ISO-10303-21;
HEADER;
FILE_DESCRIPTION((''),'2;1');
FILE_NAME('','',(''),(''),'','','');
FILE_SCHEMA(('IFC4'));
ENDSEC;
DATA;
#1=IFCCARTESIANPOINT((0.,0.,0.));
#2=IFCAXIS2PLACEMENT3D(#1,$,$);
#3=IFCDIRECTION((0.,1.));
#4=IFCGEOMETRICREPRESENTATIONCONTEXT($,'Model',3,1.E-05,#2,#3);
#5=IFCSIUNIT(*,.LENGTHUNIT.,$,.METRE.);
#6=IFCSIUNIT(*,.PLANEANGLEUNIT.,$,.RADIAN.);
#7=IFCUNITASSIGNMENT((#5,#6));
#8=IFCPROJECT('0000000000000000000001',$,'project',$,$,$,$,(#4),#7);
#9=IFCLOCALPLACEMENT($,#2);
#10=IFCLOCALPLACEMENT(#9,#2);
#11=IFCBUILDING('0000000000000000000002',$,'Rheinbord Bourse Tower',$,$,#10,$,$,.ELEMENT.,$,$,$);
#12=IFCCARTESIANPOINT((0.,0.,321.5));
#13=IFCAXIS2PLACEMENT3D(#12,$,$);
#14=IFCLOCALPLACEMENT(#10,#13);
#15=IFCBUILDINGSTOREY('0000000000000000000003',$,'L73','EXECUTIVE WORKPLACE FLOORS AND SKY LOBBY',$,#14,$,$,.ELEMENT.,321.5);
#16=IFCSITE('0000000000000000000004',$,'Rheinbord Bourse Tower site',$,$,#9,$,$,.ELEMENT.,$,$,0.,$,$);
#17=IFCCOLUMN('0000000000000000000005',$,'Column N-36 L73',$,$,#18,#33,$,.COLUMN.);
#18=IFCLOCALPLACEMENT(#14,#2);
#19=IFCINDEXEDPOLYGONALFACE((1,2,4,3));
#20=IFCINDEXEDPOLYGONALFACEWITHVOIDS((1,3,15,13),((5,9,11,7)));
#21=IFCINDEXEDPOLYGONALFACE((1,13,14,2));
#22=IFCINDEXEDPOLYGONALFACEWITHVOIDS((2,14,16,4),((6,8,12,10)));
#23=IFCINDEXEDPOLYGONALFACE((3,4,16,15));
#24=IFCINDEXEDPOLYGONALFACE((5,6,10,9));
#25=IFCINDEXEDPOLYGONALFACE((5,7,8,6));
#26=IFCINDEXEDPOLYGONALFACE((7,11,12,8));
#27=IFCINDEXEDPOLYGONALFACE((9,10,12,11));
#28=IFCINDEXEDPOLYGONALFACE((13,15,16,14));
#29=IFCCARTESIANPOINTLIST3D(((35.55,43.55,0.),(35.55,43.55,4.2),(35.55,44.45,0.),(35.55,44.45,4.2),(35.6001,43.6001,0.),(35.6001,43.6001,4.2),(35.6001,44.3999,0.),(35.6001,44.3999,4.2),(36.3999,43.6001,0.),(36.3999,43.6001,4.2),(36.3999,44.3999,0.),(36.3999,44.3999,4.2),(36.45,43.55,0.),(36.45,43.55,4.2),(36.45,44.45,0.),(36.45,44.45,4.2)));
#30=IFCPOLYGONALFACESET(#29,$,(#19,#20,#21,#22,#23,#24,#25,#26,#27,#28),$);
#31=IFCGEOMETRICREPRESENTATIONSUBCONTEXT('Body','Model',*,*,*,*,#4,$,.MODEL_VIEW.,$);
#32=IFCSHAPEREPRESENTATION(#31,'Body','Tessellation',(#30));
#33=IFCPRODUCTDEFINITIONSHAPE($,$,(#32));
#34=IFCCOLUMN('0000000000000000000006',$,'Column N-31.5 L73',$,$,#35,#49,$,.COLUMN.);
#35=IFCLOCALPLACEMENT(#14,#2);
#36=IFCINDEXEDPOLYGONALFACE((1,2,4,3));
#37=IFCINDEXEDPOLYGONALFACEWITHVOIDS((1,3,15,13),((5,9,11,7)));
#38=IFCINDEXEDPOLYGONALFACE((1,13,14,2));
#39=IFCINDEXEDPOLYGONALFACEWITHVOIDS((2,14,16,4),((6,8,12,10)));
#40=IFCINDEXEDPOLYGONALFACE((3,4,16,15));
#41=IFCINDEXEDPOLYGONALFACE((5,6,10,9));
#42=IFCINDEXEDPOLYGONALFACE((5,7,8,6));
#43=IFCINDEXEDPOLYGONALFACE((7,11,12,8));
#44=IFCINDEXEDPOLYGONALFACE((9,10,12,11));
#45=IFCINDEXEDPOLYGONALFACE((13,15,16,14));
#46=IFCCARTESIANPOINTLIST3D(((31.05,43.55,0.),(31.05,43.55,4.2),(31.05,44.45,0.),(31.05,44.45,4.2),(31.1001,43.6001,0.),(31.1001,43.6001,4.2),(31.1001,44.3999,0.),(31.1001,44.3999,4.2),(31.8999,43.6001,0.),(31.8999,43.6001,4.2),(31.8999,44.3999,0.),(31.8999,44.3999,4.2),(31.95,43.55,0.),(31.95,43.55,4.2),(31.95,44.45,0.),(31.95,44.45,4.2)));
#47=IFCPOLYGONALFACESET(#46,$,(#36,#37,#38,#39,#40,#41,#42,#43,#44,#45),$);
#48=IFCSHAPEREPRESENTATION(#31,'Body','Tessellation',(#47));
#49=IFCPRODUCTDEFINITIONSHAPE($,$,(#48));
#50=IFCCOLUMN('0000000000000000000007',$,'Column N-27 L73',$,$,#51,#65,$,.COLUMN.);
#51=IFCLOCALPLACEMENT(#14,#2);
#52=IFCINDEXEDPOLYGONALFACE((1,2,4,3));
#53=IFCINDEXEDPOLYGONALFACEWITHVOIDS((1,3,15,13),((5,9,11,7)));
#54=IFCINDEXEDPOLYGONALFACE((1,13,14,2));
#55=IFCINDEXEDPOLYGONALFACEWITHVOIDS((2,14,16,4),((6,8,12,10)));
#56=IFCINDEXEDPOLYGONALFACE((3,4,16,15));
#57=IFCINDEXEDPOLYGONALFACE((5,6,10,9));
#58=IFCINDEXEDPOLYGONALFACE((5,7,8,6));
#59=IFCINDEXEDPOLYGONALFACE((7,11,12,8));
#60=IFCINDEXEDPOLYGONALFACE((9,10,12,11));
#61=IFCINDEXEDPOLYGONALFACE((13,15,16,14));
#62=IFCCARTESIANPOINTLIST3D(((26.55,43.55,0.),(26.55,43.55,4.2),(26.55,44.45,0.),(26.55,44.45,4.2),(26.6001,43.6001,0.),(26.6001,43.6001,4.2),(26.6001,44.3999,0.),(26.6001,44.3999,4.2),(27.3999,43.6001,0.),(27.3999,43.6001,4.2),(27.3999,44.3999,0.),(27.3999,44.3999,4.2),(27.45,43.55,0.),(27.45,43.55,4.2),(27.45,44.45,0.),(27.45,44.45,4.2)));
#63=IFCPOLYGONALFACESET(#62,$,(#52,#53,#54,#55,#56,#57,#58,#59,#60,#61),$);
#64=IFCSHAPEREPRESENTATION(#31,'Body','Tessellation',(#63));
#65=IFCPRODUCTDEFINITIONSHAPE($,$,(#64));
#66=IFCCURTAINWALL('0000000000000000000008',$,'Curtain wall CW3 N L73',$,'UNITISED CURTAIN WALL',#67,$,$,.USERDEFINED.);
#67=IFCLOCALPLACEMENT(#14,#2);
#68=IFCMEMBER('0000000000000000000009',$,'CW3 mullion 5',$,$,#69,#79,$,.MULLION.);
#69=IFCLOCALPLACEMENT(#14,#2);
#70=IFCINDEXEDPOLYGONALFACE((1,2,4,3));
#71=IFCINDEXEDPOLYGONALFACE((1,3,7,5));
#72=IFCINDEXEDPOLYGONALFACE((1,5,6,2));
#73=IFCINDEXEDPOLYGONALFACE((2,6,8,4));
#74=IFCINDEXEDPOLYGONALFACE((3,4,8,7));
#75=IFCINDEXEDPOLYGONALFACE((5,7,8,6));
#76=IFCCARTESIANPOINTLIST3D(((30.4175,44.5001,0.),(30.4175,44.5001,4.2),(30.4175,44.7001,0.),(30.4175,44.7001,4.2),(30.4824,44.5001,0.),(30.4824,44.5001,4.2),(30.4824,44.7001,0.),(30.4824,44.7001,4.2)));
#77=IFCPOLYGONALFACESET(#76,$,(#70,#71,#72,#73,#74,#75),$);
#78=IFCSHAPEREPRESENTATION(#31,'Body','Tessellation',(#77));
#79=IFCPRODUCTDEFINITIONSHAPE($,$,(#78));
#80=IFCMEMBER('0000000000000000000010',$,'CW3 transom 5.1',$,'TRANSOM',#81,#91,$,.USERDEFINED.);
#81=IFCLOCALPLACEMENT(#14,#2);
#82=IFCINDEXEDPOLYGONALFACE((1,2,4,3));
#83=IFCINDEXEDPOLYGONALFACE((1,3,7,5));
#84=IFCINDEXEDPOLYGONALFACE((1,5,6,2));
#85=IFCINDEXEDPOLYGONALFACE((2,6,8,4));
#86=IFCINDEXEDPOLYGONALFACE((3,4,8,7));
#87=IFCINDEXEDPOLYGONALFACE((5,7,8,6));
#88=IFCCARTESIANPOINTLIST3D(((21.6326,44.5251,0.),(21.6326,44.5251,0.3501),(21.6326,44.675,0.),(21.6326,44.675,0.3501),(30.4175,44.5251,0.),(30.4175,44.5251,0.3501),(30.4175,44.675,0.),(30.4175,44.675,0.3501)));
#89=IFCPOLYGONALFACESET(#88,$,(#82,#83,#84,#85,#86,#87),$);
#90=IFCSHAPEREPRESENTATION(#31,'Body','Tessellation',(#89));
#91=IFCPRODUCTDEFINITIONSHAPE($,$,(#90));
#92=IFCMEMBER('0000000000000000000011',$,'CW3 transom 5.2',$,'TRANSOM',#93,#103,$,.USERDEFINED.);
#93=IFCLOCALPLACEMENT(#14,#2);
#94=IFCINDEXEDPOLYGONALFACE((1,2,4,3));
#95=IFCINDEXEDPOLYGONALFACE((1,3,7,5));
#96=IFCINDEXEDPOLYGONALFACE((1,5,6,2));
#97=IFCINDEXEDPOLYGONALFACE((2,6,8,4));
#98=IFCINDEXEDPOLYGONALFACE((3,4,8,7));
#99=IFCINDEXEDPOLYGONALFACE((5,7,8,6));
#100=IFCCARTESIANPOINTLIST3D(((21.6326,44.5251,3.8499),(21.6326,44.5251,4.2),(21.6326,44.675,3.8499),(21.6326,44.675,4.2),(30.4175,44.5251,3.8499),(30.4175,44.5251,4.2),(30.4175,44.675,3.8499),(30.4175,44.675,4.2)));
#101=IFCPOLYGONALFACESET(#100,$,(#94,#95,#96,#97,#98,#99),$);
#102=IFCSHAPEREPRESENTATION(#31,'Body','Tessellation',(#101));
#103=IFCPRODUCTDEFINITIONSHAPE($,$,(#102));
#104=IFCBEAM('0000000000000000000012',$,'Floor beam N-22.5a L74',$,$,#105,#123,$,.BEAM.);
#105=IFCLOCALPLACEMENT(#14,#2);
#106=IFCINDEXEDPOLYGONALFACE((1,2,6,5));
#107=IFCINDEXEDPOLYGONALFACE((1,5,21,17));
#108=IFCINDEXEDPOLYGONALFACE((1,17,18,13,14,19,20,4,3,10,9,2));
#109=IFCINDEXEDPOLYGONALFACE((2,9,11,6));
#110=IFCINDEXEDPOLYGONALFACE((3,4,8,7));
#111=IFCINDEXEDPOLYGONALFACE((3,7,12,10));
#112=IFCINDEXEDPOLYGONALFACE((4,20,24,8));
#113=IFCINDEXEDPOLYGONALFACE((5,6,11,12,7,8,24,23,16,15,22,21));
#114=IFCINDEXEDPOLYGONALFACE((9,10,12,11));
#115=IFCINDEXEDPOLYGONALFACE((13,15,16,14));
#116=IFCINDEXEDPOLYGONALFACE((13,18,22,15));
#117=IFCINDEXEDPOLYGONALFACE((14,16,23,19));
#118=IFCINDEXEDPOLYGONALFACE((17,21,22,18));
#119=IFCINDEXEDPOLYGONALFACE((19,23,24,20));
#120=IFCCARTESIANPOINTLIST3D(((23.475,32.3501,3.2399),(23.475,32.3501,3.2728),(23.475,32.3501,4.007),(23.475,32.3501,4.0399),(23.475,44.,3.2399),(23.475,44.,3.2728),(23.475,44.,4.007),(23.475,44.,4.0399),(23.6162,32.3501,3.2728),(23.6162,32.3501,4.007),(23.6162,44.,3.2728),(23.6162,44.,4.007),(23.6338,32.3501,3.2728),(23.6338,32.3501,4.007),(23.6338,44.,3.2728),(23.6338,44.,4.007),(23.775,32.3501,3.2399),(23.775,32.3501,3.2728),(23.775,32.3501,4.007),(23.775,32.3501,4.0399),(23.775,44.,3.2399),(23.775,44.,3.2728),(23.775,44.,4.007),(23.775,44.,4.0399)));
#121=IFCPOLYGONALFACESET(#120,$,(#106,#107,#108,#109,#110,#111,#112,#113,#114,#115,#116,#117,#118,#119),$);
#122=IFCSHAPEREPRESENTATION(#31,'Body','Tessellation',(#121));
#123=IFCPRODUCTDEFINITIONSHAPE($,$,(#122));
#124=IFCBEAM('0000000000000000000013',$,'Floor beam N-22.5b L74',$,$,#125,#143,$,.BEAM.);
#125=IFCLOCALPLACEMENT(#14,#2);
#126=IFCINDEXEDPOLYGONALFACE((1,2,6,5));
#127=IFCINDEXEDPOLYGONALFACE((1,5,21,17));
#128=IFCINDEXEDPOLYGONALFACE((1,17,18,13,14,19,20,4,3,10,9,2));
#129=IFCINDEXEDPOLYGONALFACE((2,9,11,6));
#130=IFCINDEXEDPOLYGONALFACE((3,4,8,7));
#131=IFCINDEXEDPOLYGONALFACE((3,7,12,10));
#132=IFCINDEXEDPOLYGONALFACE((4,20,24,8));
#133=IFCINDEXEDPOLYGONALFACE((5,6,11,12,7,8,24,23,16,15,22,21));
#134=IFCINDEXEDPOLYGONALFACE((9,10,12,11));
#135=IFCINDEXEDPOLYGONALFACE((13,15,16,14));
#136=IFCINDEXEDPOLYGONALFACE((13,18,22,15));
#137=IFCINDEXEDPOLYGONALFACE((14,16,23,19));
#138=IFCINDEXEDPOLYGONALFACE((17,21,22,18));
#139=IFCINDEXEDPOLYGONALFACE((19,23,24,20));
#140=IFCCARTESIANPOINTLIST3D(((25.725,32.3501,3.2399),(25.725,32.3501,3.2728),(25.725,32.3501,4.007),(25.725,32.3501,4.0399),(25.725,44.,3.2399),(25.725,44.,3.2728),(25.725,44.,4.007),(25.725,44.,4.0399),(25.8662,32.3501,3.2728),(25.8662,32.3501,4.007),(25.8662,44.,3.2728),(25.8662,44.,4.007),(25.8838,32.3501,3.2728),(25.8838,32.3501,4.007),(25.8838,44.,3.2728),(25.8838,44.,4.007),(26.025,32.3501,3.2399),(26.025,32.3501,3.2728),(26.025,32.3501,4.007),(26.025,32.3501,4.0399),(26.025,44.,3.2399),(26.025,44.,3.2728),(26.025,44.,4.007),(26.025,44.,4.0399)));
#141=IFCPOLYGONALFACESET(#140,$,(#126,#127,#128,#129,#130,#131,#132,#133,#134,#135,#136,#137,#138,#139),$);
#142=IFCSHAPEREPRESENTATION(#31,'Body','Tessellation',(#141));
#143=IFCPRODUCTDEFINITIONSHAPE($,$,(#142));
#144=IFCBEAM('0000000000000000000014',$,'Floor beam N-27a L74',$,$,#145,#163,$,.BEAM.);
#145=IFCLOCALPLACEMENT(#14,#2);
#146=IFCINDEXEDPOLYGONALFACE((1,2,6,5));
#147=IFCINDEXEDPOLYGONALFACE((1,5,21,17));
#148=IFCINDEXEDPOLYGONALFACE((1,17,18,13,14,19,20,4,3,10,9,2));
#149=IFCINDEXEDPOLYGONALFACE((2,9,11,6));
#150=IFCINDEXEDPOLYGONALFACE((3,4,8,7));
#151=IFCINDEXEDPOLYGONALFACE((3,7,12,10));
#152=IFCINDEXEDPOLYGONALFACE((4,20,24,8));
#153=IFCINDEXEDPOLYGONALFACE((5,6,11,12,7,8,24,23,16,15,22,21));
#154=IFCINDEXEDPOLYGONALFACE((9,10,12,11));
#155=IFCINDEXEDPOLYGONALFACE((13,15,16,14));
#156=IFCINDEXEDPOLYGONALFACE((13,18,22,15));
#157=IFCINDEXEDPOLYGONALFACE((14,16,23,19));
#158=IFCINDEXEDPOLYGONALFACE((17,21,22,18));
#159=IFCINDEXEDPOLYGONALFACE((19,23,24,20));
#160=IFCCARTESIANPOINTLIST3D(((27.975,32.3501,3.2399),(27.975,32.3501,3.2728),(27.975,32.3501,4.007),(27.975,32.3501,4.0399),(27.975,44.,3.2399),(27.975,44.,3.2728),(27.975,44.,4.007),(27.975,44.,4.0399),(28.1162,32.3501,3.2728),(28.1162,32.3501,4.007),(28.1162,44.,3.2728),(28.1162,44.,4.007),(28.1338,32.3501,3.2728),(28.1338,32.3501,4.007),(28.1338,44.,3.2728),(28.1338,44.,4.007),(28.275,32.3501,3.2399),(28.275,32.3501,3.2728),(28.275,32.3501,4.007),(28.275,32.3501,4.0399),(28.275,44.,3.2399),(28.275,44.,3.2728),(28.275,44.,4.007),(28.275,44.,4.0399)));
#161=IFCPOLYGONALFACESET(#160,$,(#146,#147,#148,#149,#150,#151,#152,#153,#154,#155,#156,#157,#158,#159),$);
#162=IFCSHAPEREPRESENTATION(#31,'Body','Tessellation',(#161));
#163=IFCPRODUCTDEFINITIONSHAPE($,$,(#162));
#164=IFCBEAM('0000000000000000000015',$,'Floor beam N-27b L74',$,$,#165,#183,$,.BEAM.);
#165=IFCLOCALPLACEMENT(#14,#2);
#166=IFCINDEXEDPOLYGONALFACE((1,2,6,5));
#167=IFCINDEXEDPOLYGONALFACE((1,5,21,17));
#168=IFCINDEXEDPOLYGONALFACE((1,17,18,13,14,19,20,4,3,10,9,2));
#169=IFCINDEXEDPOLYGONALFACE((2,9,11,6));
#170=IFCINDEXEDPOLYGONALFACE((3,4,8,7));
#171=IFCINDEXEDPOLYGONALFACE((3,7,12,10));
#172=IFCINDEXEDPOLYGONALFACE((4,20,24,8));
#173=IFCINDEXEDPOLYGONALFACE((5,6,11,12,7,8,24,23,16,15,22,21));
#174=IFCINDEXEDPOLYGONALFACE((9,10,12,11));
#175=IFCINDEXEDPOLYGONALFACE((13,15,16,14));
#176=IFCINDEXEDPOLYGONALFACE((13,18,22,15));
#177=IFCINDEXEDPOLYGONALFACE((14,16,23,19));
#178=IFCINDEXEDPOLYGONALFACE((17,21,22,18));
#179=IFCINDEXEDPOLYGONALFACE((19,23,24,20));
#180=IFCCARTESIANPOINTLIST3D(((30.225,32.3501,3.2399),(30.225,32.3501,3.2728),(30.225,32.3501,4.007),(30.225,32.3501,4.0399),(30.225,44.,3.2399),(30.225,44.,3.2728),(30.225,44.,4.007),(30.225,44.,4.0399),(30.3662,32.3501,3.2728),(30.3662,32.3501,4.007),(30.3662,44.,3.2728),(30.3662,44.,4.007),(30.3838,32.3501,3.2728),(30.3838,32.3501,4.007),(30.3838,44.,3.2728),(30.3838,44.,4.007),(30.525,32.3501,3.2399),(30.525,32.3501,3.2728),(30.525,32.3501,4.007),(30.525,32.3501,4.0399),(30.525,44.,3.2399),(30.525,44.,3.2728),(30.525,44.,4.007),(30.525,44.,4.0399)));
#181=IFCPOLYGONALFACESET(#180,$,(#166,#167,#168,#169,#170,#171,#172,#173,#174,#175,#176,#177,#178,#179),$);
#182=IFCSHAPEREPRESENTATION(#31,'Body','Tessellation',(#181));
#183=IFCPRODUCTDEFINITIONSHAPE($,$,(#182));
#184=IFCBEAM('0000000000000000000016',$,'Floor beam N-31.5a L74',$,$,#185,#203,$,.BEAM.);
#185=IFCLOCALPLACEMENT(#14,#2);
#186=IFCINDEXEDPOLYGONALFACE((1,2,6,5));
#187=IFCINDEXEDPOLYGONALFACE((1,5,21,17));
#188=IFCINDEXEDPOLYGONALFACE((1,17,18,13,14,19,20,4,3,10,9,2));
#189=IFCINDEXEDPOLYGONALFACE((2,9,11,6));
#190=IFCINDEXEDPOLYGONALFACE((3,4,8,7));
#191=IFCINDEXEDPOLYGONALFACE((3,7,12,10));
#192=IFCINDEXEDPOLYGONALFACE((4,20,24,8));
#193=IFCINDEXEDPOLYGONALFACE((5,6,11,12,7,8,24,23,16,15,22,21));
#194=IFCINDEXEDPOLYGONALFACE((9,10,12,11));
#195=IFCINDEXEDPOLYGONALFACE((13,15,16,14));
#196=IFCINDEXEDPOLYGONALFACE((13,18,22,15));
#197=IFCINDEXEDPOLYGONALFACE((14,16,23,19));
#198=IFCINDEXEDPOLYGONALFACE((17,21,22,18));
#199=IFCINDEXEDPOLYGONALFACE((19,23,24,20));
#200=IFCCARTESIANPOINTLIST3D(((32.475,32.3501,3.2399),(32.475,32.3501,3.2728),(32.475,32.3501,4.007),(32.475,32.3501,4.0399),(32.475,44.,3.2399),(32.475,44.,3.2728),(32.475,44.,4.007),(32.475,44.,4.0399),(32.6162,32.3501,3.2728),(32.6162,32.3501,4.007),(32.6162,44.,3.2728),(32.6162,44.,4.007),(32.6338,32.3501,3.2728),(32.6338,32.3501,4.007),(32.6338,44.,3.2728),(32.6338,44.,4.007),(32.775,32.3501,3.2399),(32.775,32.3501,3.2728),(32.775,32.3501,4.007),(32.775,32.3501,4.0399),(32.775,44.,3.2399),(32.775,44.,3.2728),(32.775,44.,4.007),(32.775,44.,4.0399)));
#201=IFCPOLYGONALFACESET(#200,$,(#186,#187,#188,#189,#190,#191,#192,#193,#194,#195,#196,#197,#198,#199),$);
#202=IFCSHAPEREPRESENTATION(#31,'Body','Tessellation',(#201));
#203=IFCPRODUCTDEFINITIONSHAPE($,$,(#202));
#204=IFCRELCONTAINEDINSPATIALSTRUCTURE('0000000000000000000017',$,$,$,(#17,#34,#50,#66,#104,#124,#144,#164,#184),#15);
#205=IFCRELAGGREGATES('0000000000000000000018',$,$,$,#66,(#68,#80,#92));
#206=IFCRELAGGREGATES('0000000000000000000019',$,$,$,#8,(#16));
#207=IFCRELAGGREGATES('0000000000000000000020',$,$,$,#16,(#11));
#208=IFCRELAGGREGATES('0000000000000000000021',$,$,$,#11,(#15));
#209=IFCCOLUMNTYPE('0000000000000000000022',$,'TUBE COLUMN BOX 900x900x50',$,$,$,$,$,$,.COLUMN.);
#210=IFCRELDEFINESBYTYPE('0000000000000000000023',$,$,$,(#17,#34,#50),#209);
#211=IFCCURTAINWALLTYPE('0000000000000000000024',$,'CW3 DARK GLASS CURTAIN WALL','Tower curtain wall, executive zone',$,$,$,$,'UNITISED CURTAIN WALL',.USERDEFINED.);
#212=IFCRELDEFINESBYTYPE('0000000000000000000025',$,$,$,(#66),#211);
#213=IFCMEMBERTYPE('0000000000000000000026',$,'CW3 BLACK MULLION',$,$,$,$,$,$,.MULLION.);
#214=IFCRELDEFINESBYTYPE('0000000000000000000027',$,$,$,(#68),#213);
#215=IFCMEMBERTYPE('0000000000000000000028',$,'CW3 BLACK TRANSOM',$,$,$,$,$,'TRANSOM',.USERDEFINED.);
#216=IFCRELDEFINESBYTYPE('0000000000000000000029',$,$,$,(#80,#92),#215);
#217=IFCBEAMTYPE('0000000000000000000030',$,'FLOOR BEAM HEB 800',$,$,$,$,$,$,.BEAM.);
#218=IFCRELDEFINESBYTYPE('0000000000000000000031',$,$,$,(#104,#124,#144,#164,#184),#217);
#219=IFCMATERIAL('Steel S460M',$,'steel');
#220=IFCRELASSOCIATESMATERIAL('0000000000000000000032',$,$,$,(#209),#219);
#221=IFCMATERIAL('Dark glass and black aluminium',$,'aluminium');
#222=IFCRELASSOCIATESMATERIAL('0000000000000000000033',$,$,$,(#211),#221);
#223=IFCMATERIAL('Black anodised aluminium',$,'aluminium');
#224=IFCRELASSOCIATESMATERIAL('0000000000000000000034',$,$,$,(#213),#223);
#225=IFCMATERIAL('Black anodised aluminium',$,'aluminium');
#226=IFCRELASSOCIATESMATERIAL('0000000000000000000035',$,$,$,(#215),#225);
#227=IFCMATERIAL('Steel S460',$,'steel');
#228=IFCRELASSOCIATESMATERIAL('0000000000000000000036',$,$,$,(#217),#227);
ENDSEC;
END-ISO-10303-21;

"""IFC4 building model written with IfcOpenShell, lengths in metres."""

from ifc_helpers import new_model, si_unit, direction, frame, origin, origin_2d, place, context, subcontext, project, spatial, rectangle, hollow_rectangle, i_section, extrude, material, material_profile, profile_set, type_object, element, aggregate, save


model = new_model("IFC4")

# Units and contexts
model_context = context("Model", 3, precision=1e-05, world=origin(), true_north=direction((0.0, 1.0)))
body_context = subcontext(model_context, "Body", "Model", "MODEL_VIEW")
ifc_project = project(units=[si_unit("LENGTHUNIT", "METRE"), si_unit("PLANEANGLEUNIT", "RADIAN")], contexts=[model_context])

# Site, building, storey
site_placement = place(None, origin())
site = spatial("IfcSite", under=ifc_project, at=site_placement, Name="Rheinbord Bourse Tower site", CompositionType="ELEMENT", RefElevation=0.0)
building_placement = place(site_placement, origin())
building = spatial("IfcBuilding", under=site, at=building_placement, Name="Rheinbord Bourse Tower", CompositionType="ELEMENT")
storey_placement = place(building_placement, frame((0.0, 0.0, 321.5)))
storey = spatial("IfcBuildingStorey", under=building, at=storey_placement, Name="L73", Description="EXECUTIVE WORKPLACE FLOORS AND SKY LOBBY", CompositionType="ELEMENT", Elevation=321.5)

# Columns
ifc_material_1 = material(Name="Steel S460M", Category="steel")
ifc_material_profile_1 = material_profile(ifc_material_1, hollow_rectangle(XDim=0.8999, YDim=0.8999, WallThickness=0.05, at=origin_2d()), Name="BOX 900x900x50")
ifc_profile_set_1 = profile_set([ifc_material_profile_1], Name="Steel S460M")
column_type = type_object("IfcColumnType", Name="TUBE COLUMN BOX 900x900x50", PredefinedType="COLUMN", material=ifc_profile_set_1)
for number, where, z_axis, x_axis, name in (
    (1, (36.0, 44.0, 0.0), (0.0, 0.0, 1.0), (0.0, 1.0, 0.0), "Column N-36 L73"),
    (2, (31.5, 44.0, 0.0), (0.0, 0.0, 1.0), (0.0, 1.0, 0.0), "Column N-31.5 L73"),
    (3, (27.0, 44.0, 0.0), (0.0, 0.0, 1.0), (0.0, 1.0, 0.0), "Column N-27 L73"),
):
    element("IfcColumn", number, at=place(storey_placement, frame(where, z_axis=z_axis, x_axis=x_axis)), inside=storey, type_object=column_type, Name=name, PredefinedType="COLUMN", context=body_context, shape_type="SweptSolid", body=[
        extrude(hollow_rectangle(XDim=0.8999, YDim=0.8999, WallThickness=0.05, at=origin_2d()), origin(), (0.0, 0.0, 1.0), 4.2),
    ])

# Curtain wall, members
ifc_material_2 = material(Name="Dark glass and black aluminium", Category="aluminium")
curtain_wall_type = type_object("IfcCurtainWallType", Name="CW3 DARK GLASS CURTAIN WALL", Description="Tower curtain wall, executive zone", ElementType="UNITISED CURTAIN WALL", PredefinedType="USERDEFINED", material=ifc_material_2)
curtain_wall_placement = place(storey_placement, origin())
curtain_wall = element("IfcCurtainWall", 4, at=curtain_wall_placement, inside=storey, type_object=curtain_wall_type, Name="Curtain wall CW3 N L73", ObjectType="UNITISED CURTAIN WALL", PredefinedType="USERDEFINED")
ifc_material_3 = material(Name="Black anodised aluminium", Category="aluminium")
ifc_material_profile_2 = material_profile(ifc_material_3, rectangle(XDim=0.2, YDim=0.0649, at=origin_2d()), Name="CW3 MULLION 65x200")
ifc_profile_set_2 = profile_set([ifc_material_profile_2], Name="Black anodised aluminium")
member_type_1 = type_object("IfcMemberType", Name="CW3 BLACK MULLION", PredefinedType="MULLION", material=ifc_profile_set_2)
member_1_placement = place(storey_placement, frame((30.45, 44.6001, 0.0), z_axis=(0.0, 0.0, 1.0), x_axis=(0.0, -1.0, 0.0)))
member_1 = element("IfcMember", 5, at=member_1_placement, type_object=member_type_1, Name="CW3 mullion 5", PredefinedType="MULLION", context=body_context, shape_type="SweptSolid", body=[
    extrude(rectangle(XDim=0.2, YDim=0.0649, at=origin_2d()), origin(), (0.0, 0.0, 1.0), 4.2),
])
ifc_material_4 = material(Name="Black anodised aluminium", Category="aluminium")
ifc_material_profile_3 = material_profile(ifc_material_4, rectangle(XDim=0.1499, YDim=0.3501, at=origin_2d()), Name="CW3 TRANSOM 350x150")
ifc_profile_set_3 = profile_set([ifc_material_profile_3], Name="Black anodised aluminium")
member_type_2 = type_object("IfcMemberType", Name="CW3 BLACK TRANSOM", ElementType="TRANSOM", PredefinedType="USERDEFINED", material=ifc_profile_set_3)
member_2_placement = place(storey_placement, frame((30.4175, 44.6001, 0.175), z_axis=(-1.0, 0.0, 0.0), x_axis=(0.0, -1.0, 0.0)))
member_2 = element("IfcMember", 6, at=member_2_placement, type_object=member_type_2, Name="CW3 transom 5.1", ObjectType="TRANSOM", PredefinedType="USERDEFINED", context=body_context, shape_type="SweptSolid", body=[
    extrude(rectangle(XDim=0.1499, YDim=0.3501, at=origin_2d()), origin(), (0.0, 0.0, 1.0), 8.7849),
])
member_3_placement = place(storey_placement, frame((30.4175, 44.6001, 4.0249), z_axis=(-1.0, 0.0, 0.0), x_axis=(0.0, -1.0, 0.0)))
member_3 = element("IfcMember", 7, at=member_3_placement, type_object=member_type_2, Name="CW3 transom 5.2", ObjectType="TRANSOM", PredefinedType="USERDEFINED", context=body_context, shape_type="SweptSolid", body=[
    extrude(rectangle(XDim=0.1499, YDim=0.3501, at=origin_2d()), origin(), (0.0, 0.0, 1.0), 8.7849),
])

# Beams
ifc_material_5 = material(Name="Steel S460", Category="steel")
ifc_material_profile_4 = material_profile(ifc_material_5, i_section(OverallWidth=0.3, OverallDepth=0.8, WebThickness=0.0176, FlangeThickness=0.033, at=origin_2d()), Name="HEB 800")
ifc_profile_set_4 = profile_set([ifc_material_profile_4], Name="Steel S460")
beam_type_1 = type_object("IfcBeamType", Name="FLOOR BEAM HEB 800", PredefinedType="BEAM", material=ifc_profile_set_4)
for number, where, z_axis, x_axis, name in (
    (8, (23.625, 44.0, 3.6399), (0.0, -1.0, 0.0), (1.0, 0.0, 0.0), "Floor beam N-22.5a L74"),
    (9, (25.875, 44.0, 3.6399), (0.0, -1.0, 0.0), (1.0, 0.0, 0.0), "Floor beam N-22.5b L74"),
    (10, (28.125, 44.0, 3.6399), (0.0, -1.0, 0.0), (1.0, 0.0, 0.0), "Floor beam N-27a L74"),
    (11, (30.375, 44.0, 3.6399), (0.0, -1.0, 0.0), (1.0, 0.0, 0.0), "Floor beam N-27b L74"),
    (12, (32.625, 44.0, 3.6399), (0.0, -1.0, 0.0), (1.0, 0.0, 0.0), "Floor beam N-31.5a L74"),
):
    element("IfcBeam", number, at=place(storey_placement, frame(where, z_axis=z_axis, x_axis=x_axis)), inside=storey, type_object=beam_type_1, Name=name, PredefinedType="BEAM", context=body_context, shape_type="SweptSolid", body=[
        extrude(i_section(OverallWidth=0.3, OverallDepth=0.8, WebThickness=0.0176, FlangeThickness=0.033, at=origin_2d()), origin(), (0.0, 0.0, 1.0), 11.6499),
    ])

aggregate(curtain_wall, [member_1, member_2, member_3])

save(model, "model.ifc")
